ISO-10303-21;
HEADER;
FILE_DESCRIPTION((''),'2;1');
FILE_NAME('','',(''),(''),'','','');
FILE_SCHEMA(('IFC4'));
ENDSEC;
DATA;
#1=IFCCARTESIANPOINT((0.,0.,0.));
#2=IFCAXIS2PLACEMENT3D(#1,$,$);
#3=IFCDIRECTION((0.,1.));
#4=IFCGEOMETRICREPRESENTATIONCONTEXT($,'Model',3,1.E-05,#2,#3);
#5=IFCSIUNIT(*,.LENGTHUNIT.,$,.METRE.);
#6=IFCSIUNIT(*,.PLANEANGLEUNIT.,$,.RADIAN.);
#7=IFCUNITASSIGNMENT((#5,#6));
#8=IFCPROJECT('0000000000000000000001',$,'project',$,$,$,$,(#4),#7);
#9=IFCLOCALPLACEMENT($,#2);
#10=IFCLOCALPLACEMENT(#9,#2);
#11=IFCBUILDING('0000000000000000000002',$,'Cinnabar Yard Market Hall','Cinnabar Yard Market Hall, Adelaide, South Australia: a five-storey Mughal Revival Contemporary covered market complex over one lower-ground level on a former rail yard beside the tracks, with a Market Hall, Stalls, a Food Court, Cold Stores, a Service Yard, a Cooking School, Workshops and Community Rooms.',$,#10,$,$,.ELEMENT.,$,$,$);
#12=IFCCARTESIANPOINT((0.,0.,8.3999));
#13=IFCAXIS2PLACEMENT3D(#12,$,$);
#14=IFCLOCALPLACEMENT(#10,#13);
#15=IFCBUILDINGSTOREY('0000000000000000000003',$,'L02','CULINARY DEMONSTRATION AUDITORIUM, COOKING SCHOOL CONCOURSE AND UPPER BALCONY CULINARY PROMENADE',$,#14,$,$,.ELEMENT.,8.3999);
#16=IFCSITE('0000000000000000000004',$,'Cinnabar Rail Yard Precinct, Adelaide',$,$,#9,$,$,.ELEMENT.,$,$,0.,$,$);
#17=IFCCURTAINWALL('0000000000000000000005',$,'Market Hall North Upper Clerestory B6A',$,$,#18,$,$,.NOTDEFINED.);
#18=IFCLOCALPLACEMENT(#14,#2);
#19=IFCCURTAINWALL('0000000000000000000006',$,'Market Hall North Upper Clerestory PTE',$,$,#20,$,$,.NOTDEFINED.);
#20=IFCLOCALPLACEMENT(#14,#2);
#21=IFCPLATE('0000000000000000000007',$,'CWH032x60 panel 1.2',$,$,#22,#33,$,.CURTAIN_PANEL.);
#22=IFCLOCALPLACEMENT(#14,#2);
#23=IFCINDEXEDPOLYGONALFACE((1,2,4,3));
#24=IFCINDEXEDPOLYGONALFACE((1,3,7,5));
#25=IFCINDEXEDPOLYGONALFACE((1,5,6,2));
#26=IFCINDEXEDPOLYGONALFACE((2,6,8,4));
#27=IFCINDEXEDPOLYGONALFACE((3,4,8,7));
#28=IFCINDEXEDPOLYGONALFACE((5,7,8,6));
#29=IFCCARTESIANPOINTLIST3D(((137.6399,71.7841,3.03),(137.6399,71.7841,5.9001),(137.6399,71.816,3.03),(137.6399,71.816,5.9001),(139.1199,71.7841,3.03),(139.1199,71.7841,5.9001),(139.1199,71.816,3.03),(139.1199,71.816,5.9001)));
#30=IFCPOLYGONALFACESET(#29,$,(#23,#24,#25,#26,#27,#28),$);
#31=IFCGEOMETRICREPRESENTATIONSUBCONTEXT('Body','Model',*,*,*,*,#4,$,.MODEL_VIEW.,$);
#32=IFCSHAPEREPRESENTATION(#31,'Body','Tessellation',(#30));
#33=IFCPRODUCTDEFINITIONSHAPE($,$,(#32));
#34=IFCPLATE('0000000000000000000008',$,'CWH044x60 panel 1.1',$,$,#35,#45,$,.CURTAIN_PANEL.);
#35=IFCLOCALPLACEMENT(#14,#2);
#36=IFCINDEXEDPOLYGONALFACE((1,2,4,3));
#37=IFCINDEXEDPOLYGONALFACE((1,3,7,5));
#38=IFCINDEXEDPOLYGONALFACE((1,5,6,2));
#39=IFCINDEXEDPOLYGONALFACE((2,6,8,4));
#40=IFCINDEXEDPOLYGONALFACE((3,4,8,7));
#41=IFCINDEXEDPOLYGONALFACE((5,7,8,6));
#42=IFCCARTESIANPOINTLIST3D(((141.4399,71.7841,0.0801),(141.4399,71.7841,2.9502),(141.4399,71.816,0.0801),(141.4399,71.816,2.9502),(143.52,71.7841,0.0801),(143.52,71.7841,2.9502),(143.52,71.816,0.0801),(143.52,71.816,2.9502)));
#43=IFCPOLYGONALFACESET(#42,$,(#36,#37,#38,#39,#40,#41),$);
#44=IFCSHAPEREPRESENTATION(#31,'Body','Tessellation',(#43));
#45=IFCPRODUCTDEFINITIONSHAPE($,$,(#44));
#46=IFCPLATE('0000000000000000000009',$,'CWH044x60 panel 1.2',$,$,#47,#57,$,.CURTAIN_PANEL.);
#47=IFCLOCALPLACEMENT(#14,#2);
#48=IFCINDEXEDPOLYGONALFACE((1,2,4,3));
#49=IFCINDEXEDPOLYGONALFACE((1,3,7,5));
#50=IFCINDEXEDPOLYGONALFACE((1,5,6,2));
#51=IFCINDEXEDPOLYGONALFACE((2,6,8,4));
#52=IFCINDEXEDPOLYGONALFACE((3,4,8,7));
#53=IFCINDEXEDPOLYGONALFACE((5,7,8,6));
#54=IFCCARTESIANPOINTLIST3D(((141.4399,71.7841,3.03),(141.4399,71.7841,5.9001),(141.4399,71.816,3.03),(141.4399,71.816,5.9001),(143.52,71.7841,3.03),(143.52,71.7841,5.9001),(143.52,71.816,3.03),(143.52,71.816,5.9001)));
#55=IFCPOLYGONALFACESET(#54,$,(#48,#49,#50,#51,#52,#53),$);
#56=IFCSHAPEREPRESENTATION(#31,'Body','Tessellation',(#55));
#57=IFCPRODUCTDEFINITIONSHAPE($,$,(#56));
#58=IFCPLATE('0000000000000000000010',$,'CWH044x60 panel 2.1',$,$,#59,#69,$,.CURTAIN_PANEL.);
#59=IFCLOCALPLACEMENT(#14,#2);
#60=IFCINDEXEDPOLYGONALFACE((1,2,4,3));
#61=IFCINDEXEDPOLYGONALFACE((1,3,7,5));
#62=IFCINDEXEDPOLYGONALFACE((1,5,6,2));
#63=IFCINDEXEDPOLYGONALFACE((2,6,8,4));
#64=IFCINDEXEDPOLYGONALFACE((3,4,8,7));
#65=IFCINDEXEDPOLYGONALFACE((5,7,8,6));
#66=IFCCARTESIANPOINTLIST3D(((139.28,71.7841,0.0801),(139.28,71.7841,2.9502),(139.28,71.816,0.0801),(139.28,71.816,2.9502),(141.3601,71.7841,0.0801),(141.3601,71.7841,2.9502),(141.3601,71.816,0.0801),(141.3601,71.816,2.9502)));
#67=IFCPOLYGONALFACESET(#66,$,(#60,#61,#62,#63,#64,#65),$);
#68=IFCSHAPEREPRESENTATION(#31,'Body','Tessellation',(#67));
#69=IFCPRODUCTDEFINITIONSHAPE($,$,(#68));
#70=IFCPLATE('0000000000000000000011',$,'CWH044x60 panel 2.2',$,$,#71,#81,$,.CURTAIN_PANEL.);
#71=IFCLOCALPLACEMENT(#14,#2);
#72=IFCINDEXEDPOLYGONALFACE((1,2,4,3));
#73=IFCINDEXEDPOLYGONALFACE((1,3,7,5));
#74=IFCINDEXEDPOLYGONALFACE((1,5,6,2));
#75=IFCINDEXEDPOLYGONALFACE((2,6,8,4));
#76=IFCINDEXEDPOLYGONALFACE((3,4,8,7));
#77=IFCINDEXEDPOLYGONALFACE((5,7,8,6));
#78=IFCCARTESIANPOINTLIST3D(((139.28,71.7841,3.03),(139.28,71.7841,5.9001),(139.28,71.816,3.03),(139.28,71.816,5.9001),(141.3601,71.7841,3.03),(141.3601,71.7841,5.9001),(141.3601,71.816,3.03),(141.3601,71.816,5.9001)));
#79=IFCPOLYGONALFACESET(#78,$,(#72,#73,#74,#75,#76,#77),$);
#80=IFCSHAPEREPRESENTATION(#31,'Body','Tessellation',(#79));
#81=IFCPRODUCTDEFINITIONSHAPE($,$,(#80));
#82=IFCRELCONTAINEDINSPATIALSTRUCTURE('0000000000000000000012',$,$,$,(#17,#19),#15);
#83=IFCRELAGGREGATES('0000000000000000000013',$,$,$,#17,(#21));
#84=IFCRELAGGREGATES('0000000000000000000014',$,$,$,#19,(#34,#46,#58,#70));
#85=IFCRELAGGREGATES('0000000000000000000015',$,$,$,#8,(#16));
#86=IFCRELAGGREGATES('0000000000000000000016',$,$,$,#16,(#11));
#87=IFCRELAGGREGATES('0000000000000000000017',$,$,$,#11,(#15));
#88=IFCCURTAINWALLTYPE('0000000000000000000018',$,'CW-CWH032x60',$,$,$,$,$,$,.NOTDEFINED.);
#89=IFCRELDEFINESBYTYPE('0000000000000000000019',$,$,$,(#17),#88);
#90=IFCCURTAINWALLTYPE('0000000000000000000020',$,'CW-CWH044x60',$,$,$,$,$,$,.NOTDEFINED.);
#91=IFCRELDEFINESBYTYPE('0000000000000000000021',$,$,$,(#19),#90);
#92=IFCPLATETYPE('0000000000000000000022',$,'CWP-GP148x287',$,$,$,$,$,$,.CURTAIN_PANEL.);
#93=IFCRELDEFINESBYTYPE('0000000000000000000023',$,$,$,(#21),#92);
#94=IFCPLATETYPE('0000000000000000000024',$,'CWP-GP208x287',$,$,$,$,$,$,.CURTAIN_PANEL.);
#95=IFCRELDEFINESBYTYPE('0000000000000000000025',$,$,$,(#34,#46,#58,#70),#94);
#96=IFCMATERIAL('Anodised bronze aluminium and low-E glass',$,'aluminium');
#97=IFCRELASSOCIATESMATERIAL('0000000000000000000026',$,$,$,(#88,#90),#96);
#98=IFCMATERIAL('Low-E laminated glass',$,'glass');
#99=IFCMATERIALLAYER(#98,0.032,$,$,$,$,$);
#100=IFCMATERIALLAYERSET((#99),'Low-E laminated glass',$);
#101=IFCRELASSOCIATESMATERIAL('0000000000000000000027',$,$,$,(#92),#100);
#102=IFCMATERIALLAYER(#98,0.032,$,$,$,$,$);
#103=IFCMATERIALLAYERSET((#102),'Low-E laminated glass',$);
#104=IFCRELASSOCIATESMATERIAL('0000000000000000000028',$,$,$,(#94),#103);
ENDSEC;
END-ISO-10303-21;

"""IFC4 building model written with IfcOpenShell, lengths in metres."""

from ifc_helpers import new_model, si_unit, direction, frame, origin, origin_2d_with_axis, place, context, subcontext, project, spatial, rectangle, extrude, material, layer, layer_set, type_object, element, aggregate, save


model = new_model("IFC4")

# Units and contexts
model_context = context("Model", 3, precision=1e-05, world=origin(), true_north=direction((0.0, 1.0)))
body_context = subcontext(model_context, "Body", "Model", "MODEL_VIEW")
ifc_project = project(units=[si_unit("LENGTHUNIT", "METRE"), si_unit("PLANEANGLEUNIT", "RADIAN")], contexts=[model_context])

# Site, building, storey
site_placement = place(None, origin())
site = spatial("IfcSite", under=ifc_project, at=site_placement, Name="Cinnabar Rail Yard Precinct, Adelaide", CompositionType="ELEMENT", RefElevation=0.0)
building_placement = place(site_placement, origin())
building = spatial("IfcBuilding", under=site, at=building_placement, Name="Cinnabar Yard Market Hall", Description="Cinnabar Yard Market Hall, Adelaide, South Australia: a five-storey Mughal Revival Contemporary covered market complex over one lower-ground level on a former rail yard beside the tracks, with a Market Hall, Stalls, a Food Court, Cold Stores, a Service Yard, a Cooking School, Workshops and Community Rooms.", CompositionType="ELEMENT")
storey_placement = place(building_placement, frame((0.0, 0.0, 8.3999)))
storey = spatial("IfcBuildingStorey", under=building, at=storey_placement, Name="L02", Description="CULINARY DEMONSTRATION AUDITORIUM, COOKING SCHOOL CONCOURSE AND UPPER BALCONY CULINARY PROMENADE", CompositionType="ELEMENT", Elevation=8.3999)

# Curtain wall
ifc_material_1 = material(Name="Anodised bronze aluminium and low-E glass", Category="aluminium")
curtain_wall_type_1 = type_object("IfcCurtainWallType", Name="CW-CWH032x60", PredefinedType="NOTDEFINED", material=ifc_material_1)
curtain_wall_1_placement = place(storey_placement, origin())
curtain_wall_1 = element("IfcCurtainWall", 1, at=curtain_wall_1_placement, inside=storey, type_object=curtain_wall_type_1, Name="Market Hall North Upper Clerestory B6A", PredefinedType="NOTDEFINED")

# Curtain wall
curtain_wall_type_2 = type_object("IfcCurtainWallType", Name="CW-CWH044x60", PredefinedType="NOTDEFINED", material=ifc_material_1)
curtain_wall_2_placement = place(storey_placement, origin())
curtain_wall_2 = element("IfcCurtainWall", 2, at=curtain_wall_2_placement, inside=storey, type_object=curtain_wall_type_2, Name="Market Hall North Upper Clerestory PTE", PredefinedType="NOTDEFINED")

# Plates
ifc_material_2 = material(Name="Low-E laminated glass", Category="glass")
ifc_layer_1 = layer(ifc_material_2, 0.032)
ifc_layer_set_1 = layer_set([ifc_layer_1], Name="Low-E laminated glass")
plate_type_1 = type_object("IfcPlateType", Name="CWP-GP148x287", PredefinedType="CURTAIN_PANEL", material=ifc_layer_set_1)
plate_1_placement = place(storey_placement, frame((138.3799, 71.8, 3.03), z_axis=(0.0, 0.0, 1.0), x_axis=(-1.0, 0.0, 0.0)))
plate_1 = element("IfcPlate", 3, at=plate_1_placement, type_object=plate_type_1, Name="CWH032x60 panel 1.2", PredefinedType="CURTAIN_PANEL", context=body_context, shape_type="SweptSolid", body=[
    extrude(rectangle(XDim=1.48, YDim=0.032, at=origin_2d_with_axis()), origin(), (0.0, 0.0, 1.0), 2.8701),
])
aggregate(curtain_wall_1, [plate_1])
ifc_layer_2 = layer(ifc_material_2, 0.032)
ifc_layer_set_2 = layer_set([ifc_layer_2], Name="Low-E laminated glass")
plate_type_2 = type_object("IfcPlateType", Name="CWP-GP208x287", PredefinedType="CURTAIN_PANEL", material=ifc_layer_set_2)
plate_2_placement = place(storey_placement, frame((142.48, 71.8, 0.0801), z_axis=(0.0, 0.0, 1.0), x_axis=(-1.0, 0.0, 0.0)))
plate_2 = element("IfcPlate", 4, at=plate_2_placement, type_object=plate_type_2, Name="CWH044x60 panel 1.1", PredefinedType="CURTAIN_PANEL", context=body_context, shape_type="SweptSolid", body=[
    extrude(rectangle(XDim=2.0801, YDim=0.032, at=origin_2d_with_axis()), origin(), (0.0, 0.0, 1.0), 2.8701),
])
plate_3_placement = place(storey_placement, frame((142.48, 71.8, 3.03), z_axis=(0.0, 0.0, 1.0), x_axis=(-1.0, 0.0, 0.0)))
plate_3 = element("IfcPlate", 5, at=plate_3_placement, type_object=plate_type_2, Name="CWH044x60 panel 1.2", PredefinedType="CURTAIN_PANEL", context=body_context, shape_type="SweptSolid", body=[
    extrude(rectangle(XDim=2.0801, YDim=0.032, at=origin_2d_with_axis()), origin(), (0.0, 0.0, 1.0), 2.8701),
])
plate_4_placement = place(storey_placement, frame((140.3201, 71.8, 0.0801), z_axis=(0.0, 0.0, 1.0), x_axis=(-1.0, 0.0, 0.0)))
plate_4 = element("IfcPlate", 6, at=plate_4_placement, type_object=plate_type_2, Name="CWH044x60 panel 2.1", PredefinedType="CURTAIN_PANEL", context=body_context, shape_type="SweptSolid", body=[
    extrude(rectangle(XDim=2.0801, YDim=0.032, at=origin_2d_with_axis()), origin(), (0.0, 0.0, 1.0), 2.8701),
])
plate_5_placement = place(storey_placement, frame((140.3201, 71.8, 3.03), z_axis=(0.0, 0.0, 1.0), x_axis=(-1.0, 0.0, 0.0)))
plate_5 = element("IfcPlate", 7, at=plate_5_placement, type_object=plate_type_2, Name="CWH044x60 panel 2.2", PredefinedType="CURTAIN_PANEL", context=body_context, shape_type="SweptSolid", body=[
    extrude(rectangle(XDim=2.0801, YDim=0.032, at=origin_2d_with_axis()), origin(), (0.0, 0.0, 1.0), 2.8701),
])
aggregate(curtain_wall_2, [plate_2, plate_3, plate_4, plate_5])

save(model, "model.ifc")
